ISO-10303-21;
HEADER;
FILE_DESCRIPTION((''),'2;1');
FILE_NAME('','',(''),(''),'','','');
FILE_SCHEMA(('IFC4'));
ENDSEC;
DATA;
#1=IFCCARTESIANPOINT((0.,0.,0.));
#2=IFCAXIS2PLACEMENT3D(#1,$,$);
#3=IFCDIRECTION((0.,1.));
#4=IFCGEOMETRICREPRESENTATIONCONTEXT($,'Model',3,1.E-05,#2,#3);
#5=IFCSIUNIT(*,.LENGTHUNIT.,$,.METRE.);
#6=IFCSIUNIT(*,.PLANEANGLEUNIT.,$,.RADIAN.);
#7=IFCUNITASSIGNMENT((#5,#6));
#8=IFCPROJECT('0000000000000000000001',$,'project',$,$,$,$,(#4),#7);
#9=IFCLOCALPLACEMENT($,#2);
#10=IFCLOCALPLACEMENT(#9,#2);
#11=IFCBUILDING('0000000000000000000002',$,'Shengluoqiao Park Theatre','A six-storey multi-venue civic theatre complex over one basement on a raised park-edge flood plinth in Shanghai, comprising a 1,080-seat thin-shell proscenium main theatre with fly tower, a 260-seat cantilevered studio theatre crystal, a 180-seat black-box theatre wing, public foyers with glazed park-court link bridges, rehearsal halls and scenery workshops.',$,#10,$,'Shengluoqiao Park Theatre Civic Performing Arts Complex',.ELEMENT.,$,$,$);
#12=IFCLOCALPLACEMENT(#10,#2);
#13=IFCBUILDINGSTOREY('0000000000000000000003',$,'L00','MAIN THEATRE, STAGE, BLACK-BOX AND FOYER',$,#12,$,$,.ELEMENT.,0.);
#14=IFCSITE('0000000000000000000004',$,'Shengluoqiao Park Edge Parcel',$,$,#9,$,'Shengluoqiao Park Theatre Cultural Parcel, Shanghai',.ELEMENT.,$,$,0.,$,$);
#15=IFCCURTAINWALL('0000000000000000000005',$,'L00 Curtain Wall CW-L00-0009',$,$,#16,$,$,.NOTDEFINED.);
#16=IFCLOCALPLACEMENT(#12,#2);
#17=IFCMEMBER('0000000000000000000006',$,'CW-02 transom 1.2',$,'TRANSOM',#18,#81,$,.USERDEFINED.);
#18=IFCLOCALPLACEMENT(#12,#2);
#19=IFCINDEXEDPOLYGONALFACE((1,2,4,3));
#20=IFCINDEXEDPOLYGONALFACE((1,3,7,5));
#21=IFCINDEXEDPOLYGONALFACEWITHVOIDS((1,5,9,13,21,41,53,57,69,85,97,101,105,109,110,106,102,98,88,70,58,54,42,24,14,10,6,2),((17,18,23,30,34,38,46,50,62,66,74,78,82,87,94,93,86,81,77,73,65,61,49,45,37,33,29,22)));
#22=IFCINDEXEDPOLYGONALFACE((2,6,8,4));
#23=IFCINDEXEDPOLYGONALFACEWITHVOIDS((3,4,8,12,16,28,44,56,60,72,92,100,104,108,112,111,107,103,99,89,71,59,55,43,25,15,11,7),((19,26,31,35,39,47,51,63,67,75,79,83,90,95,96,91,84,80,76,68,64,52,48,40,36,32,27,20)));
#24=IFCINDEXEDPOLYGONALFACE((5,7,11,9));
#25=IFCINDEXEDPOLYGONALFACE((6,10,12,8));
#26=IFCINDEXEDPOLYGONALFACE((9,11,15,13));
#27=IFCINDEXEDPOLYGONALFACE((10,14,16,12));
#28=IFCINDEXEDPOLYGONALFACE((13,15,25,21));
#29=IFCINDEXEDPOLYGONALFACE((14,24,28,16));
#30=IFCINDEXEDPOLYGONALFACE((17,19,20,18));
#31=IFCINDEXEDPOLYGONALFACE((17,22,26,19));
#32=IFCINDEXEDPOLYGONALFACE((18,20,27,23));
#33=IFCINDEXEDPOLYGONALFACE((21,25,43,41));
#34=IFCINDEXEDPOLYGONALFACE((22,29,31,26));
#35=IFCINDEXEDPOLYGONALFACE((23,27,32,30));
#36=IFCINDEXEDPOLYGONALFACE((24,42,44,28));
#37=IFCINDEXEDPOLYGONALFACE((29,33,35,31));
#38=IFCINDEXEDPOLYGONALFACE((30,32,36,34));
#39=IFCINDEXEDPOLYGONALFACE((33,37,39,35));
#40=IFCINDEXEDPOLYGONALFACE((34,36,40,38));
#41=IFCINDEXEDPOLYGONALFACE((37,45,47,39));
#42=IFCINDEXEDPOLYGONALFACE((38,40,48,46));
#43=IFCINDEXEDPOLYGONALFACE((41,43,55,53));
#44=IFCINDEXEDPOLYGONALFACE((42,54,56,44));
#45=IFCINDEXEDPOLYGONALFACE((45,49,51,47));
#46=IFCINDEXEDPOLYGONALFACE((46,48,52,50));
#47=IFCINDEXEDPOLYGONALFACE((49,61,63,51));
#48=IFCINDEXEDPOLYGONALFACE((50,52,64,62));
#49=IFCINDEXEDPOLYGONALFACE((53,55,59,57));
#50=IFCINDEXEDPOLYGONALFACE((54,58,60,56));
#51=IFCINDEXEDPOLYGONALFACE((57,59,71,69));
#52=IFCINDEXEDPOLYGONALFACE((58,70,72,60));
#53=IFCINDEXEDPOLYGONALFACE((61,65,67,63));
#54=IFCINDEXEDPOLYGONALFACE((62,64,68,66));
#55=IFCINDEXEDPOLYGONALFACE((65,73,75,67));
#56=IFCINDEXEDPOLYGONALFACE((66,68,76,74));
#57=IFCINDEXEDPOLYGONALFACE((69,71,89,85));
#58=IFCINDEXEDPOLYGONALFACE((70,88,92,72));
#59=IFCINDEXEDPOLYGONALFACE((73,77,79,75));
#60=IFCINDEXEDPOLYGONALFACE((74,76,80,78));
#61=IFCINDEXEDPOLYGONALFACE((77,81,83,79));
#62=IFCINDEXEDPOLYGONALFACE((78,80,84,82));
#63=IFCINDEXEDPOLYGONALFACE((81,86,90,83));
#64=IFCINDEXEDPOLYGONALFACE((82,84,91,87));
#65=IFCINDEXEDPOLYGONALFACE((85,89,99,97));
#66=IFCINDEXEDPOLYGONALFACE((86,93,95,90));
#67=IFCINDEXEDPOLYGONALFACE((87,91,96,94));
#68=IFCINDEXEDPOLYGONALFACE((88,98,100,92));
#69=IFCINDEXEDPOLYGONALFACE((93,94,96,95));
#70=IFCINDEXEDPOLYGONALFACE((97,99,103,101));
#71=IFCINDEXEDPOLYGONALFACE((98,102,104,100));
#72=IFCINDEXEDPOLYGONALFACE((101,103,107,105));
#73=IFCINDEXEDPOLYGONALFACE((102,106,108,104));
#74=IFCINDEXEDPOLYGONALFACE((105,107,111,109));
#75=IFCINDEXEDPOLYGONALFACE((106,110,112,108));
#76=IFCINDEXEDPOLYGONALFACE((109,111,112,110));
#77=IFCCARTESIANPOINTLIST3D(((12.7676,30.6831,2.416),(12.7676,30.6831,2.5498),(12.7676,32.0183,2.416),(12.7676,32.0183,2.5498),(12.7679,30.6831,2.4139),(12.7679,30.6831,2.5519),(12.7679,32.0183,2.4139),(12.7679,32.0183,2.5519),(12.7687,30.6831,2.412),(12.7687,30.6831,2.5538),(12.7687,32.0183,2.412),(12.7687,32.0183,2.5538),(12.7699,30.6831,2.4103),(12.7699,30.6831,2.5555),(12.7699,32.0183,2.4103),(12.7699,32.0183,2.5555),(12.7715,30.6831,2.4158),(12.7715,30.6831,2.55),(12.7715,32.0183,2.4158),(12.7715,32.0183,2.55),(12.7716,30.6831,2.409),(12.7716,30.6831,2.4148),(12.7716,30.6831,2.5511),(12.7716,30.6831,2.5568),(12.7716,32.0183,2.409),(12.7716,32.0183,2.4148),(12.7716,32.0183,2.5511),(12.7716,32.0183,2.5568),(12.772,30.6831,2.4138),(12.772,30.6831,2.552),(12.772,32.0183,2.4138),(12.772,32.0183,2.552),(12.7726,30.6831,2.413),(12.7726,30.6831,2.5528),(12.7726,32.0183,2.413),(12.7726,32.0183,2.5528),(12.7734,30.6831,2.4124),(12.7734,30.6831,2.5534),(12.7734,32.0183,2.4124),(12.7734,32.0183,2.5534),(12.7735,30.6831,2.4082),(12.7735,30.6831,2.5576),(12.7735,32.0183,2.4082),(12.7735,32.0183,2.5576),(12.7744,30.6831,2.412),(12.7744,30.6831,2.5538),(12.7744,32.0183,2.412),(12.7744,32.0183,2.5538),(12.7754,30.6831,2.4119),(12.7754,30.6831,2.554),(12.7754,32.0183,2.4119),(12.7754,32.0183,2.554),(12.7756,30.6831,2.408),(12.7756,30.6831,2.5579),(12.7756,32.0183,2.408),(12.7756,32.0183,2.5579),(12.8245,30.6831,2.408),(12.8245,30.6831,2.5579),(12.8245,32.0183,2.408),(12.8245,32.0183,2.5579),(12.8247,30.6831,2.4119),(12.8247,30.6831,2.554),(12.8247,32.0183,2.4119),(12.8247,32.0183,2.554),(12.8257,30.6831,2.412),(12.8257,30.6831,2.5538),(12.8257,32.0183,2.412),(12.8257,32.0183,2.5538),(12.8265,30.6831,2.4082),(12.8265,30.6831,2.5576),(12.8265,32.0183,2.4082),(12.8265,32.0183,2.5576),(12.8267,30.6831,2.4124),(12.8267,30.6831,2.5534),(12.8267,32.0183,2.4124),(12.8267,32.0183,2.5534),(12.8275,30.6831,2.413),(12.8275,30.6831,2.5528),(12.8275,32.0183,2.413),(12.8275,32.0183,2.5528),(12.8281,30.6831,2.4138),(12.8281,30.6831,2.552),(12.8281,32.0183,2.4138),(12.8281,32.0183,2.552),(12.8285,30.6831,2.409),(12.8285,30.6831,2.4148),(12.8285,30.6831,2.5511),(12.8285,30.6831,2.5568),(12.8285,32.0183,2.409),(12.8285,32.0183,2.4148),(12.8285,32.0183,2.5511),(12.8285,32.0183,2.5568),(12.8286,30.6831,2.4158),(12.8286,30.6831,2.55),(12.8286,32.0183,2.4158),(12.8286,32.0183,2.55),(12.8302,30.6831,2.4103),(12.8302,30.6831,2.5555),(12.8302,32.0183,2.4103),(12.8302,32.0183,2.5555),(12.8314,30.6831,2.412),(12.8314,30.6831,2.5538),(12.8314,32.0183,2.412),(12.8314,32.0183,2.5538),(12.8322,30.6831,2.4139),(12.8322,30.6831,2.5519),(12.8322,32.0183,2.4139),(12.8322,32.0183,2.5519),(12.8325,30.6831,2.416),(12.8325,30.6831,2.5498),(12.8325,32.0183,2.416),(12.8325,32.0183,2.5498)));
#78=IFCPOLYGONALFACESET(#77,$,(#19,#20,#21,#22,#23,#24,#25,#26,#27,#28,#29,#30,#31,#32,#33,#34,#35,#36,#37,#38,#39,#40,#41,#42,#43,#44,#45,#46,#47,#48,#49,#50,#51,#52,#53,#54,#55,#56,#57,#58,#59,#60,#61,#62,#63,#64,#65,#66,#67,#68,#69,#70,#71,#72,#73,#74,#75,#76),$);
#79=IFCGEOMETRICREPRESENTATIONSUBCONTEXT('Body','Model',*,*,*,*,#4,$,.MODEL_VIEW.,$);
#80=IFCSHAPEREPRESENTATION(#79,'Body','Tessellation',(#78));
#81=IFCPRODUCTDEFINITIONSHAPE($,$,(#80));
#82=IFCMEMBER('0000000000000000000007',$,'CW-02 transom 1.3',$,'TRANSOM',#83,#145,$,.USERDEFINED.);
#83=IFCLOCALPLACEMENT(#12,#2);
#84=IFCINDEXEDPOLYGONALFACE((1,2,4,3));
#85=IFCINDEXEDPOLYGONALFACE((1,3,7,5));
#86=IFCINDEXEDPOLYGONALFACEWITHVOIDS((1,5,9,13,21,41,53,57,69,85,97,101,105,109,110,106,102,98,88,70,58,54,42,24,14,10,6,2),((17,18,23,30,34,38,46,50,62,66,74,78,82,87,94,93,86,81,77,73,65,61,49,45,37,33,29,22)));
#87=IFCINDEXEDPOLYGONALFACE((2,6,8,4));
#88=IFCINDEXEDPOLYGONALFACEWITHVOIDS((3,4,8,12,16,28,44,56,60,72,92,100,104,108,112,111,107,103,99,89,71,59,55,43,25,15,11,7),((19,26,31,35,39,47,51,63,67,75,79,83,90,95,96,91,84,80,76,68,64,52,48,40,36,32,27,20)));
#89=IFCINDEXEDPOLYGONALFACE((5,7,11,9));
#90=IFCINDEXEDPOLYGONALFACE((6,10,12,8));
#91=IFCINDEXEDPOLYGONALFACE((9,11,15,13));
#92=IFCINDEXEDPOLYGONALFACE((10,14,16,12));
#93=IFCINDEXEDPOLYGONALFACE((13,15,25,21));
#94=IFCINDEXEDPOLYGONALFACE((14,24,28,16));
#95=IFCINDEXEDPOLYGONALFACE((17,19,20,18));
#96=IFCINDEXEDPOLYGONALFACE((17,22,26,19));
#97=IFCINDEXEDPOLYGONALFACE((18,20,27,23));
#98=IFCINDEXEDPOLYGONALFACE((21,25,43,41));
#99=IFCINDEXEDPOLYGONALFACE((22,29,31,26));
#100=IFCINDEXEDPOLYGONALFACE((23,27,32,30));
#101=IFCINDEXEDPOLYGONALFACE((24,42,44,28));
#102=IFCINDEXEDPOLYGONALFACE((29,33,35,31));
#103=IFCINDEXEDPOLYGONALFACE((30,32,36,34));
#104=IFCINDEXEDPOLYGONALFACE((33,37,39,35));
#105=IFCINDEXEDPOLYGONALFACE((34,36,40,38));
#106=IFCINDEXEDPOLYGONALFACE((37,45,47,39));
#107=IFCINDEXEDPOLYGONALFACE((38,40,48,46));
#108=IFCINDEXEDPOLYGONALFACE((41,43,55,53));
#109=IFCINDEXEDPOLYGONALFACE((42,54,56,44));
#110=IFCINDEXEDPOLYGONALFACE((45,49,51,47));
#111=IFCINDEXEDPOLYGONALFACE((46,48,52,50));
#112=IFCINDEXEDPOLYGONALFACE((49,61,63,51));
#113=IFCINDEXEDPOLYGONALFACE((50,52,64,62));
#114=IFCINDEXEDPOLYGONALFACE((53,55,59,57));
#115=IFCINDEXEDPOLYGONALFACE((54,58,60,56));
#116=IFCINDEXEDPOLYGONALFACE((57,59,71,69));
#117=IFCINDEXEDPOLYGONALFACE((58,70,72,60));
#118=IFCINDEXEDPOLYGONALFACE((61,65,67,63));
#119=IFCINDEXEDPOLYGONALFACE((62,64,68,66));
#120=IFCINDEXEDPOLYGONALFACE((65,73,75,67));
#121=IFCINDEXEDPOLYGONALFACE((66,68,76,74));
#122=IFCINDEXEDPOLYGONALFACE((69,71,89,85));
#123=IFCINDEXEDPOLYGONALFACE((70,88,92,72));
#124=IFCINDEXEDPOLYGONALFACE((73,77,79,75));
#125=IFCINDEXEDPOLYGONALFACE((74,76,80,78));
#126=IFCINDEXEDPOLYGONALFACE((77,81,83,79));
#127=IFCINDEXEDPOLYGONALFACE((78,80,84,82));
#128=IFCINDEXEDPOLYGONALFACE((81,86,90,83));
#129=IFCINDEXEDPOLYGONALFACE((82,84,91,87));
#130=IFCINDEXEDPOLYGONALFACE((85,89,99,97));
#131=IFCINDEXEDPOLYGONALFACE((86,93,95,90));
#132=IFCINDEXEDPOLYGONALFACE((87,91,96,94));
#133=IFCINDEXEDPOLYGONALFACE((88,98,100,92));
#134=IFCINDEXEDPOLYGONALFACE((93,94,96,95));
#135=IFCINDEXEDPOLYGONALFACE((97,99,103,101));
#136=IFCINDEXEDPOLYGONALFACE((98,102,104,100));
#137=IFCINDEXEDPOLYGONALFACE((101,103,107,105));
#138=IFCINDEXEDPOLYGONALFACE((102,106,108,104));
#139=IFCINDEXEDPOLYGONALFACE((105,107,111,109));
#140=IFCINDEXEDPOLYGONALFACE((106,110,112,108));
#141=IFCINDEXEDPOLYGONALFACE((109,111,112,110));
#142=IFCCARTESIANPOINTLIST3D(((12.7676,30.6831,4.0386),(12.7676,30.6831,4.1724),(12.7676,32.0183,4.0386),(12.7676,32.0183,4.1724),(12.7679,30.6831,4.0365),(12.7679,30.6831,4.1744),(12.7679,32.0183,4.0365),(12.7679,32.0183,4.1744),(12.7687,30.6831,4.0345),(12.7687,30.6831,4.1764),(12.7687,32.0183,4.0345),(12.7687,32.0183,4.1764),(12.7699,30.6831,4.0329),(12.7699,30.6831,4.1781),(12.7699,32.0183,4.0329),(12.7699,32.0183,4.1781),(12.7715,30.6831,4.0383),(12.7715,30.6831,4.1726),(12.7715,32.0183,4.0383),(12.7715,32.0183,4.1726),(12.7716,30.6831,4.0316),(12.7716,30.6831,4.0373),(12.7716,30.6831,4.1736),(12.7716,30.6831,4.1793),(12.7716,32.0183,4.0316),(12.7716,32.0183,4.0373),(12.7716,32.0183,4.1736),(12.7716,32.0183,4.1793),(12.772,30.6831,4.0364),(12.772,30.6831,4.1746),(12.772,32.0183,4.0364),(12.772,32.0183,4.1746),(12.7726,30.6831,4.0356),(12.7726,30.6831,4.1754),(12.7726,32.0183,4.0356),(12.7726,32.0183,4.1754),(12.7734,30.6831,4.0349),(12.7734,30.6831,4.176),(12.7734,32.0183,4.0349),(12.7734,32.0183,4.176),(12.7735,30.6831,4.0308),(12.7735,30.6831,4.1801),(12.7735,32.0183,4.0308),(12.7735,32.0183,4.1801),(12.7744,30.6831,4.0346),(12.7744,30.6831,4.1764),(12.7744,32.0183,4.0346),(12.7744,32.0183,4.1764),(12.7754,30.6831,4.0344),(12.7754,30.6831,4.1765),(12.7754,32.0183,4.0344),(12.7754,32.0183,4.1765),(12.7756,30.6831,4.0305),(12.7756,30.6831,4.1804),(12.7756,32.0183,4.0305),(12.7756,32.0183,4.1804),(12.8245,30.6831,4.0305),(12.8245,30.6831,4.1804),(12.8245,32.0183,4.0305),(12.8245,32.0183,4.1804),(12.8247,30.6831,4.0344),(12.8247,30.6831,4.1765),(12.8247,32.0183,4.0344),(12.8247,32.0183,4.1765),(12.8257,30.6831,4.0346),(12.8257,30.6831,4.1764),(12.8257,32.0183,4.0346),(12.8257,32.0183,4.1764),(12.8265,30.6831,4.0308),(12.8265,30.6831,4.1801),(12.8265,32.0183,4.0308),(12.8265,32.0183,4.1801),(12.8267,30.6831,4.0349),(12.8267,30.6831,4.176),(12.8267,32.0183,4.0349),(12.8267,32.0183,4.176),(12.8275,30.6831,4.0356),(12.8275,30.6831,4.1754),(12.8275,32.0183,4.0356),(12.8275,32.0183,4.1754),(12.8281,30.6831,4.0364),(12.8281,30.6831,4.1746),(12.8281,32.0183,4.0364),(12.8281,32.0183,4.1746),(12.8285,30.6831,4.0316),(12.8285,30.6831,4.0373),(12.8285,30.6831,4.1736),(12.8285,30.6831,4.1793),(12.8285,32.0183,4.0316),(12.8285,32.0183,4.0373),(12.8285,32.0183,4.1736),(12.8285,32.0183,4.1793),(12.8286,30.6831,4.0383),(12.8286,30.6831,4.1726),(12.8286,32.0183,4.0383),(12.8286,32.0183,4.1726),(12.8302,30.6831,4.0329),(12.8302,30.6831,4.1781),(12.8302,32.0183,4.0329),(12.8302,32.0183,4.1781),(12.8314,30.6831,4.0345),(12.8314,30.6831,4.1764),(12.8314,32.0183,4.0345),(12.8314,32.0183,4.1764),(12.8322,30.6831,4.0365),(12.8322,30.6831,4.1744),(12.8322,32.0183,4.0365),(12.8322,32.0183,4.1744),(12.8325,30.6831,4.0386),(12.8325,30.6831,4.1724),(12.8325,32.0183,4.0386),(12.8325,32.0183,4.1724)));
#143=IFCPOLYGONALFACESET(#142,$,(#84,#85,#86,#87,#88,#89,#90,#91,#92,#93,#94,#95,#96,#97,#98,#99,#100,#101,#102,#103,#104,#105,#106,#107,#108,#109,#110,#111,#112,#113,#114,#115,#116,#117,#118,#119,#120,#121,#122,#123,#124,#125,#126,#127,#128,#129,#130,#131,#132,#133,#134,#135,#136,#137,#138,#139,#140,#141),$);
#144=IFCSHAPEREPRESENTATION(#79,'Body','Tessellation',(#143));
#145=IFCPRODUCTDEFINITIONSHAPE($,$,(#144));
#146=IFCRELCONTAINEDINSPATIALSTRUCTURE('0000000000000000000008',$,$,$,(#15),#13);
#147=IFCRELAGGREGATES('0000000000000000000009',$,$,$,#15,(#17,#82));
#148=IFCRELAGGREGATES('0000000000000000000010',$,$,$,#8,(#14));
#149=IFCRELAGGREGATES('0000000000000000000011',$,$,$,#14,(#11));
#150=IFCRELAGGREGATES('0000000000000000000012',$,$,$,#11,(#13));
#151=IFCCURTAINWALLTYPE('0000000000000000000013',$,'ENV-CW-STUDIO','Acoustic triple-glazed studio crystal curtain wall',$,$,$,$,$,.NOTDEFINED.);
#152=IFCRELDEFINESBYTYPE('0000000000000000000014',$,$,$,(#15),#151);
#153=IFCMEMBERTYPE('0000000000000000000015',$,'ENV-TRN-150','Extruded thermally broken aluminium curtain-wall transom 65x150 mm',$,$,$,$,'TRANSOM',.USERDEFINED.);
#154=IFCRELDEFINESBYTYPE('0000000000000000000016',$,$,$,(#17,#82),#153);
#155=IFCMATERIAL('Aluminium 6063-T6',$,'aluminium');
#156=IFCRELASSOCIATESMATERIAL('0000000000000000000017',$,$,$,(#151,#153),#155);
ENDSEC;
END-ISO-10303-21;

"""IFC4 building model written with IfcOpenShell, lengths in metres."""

from ifc_helpers import new_model, si_unit, direction, frame, origin, origin_2d, place, context, subcontext, project, spatial, hollow_rectangle, extrude, material, material_profile, profile_set, type_object, element, aggregate, save


model = new_model("IFC4")

# Units and contexts
model_context = context("Model", 3, precision=1e-05, world=origin(), true_north=direction((0.0, 1.0)))
body_context = subcontext(model_context, "Body", "Model", "MODEL_VIEW")
ifc_project = project(units=[si_unit("LENGTHUNIT", "METRE"), si_unit("PLANEANGLEUNIT", "RADIAN")], contexts=[model_context])

# Site, building, storey
site_placement = place(None, origin())
site = spatial("IfcSite", under=ifc_project, at=site_placement, Name="Shengluoqiao Park Edge Parcel", LongName="Shengluoqiao Park Theatre Cultural Parcel, Shanghai", CompositionType="ELEMENT", RefElevation=0.0)
building_placement = place(site_placement, origin())
building = spatial("IfcBuilding", under=site, at=building_placement, Name="Shengluoqiao Park Theatre", Description="A six-storey multi-venue civic theatre complex over one basement on a raised park-edge flood plinth in Shanghai, comprising a 1,080-seat thin-shell proscenium main theatre with fly tower, a 260-seat cantilevered studio theatre crystal, a 180-seat black-box theatre wing, public foyers with glazed park-court link bridges, rehearsal halls and scenery workshops.", LongName="Shengluoqiao Park Theatre Civic Performing Arts Complex", CompositionType="ELEMENT")
storey_placement = place(building_placement, origin())
storey = spatial("IfcBuildingStorey", under=building, at=storey_placement, Name="L00", Description="MAIN THEATRE, STAGE, BLACK-BOX AND FOYER", CompositionType="ELEMENT", Elevation=0.0)

# Shared definitions
ifc_material_1 = material(Name="Aluminium 6063-T6", Category="aluminium")
curtain_wall_type = type_object("IfcCurtainWallType", Name="ENV-CW-STUDIO", Description="Acoustic triple-glazed studio crystal curtain wall", PredefinedType="NOTDEFINED", material=ifc_material_1)

# Curtain wall
curtain_wall_1_placement = place(storey_placement, origin())
curtain_wall_1 = element("IfcCurtainWall", 1, at=curtain_wall_1_placement, inside=storey, type_object=curtain_wall_type, Name="L00 Curtain Wall CW-L00-0009", PredefinedType="NOTDEFINED")

# Members
ifc_material_profile_1 = material_profile(ifc_material_1, hollow_rectangle(XDim=0.0649, YDim=0.1499, WallThickness=0.0039, InnerFilletRadius=0.0039, OuterFilletRadius=0.0081, at=origin_2d()), Name="ALU TRANSOM 150x65x4")
ifc_profile_set_1 = profile_set([ifc_material_profile_1], Name="Aluminium 6063-T6")
member_type_1 = type_object("IfcMemberType", Name="ENV-TRN-150", Description="Extruded thermally broken aluminium curtain-wall transom 65x150 mm", ElementType="TRANSOM", PredefinedType="USERDEFINED", material=ifc_profile_set_1)
member_1_placement = place(storey_placement, frame((12.8, 30.6831, 2.4829), z_axis=(0.0, 1.0, 0.0), x_axis=(-1.0, 0.0, 0.0)))
member_1 = element("IfcMember", 2, at=member_1_placement, type_object=member_type_1, Name="CW-02 transom 1.2", ObjectType="TRANSOM", PredefinedType="USERDEFINED", context=body_context, shape_type="SweptSolid", body=[
    extrude(hollow_rectangle(XDim=0.0649, YDim=0.1499, WallThickness=0.0039, InnerFilletRadius=0.0039, OuterFilletRadius=0.0081, at=origin_2d()), origin(), (0.0, 0.0, 1.0), 1.3352),
])
member_2_placement = place(storey_placement, frame((12.8, 30.6831, 4.1055), z_axis=(0.0, 1.0, 0.0), x_axis=(-1.0, 0.0, 0.0)))
member_2 = element("IfcMember", 3, at=member_2_placement, type_object=member_type_1, Name="CW-02 transom 1.3", ObjectType="TRANSOM", PredefinedType="USERDEFINED", context=body_context, shape_type="SweptSolid", body=[
    extrude(hollow_rectangle(XDim=0.0649, YDim=0.1499, WallThickness=0.0039, InnerFilletRadius=0.0039, OuterFilletRadius=0.0081, at=origin_2d()), origin(), (0.0, 0.0, 1.0), 1.3352),
])

aggregate(curtain_wall_1, [member_1, member_2])

save(model, "model.ifc")
